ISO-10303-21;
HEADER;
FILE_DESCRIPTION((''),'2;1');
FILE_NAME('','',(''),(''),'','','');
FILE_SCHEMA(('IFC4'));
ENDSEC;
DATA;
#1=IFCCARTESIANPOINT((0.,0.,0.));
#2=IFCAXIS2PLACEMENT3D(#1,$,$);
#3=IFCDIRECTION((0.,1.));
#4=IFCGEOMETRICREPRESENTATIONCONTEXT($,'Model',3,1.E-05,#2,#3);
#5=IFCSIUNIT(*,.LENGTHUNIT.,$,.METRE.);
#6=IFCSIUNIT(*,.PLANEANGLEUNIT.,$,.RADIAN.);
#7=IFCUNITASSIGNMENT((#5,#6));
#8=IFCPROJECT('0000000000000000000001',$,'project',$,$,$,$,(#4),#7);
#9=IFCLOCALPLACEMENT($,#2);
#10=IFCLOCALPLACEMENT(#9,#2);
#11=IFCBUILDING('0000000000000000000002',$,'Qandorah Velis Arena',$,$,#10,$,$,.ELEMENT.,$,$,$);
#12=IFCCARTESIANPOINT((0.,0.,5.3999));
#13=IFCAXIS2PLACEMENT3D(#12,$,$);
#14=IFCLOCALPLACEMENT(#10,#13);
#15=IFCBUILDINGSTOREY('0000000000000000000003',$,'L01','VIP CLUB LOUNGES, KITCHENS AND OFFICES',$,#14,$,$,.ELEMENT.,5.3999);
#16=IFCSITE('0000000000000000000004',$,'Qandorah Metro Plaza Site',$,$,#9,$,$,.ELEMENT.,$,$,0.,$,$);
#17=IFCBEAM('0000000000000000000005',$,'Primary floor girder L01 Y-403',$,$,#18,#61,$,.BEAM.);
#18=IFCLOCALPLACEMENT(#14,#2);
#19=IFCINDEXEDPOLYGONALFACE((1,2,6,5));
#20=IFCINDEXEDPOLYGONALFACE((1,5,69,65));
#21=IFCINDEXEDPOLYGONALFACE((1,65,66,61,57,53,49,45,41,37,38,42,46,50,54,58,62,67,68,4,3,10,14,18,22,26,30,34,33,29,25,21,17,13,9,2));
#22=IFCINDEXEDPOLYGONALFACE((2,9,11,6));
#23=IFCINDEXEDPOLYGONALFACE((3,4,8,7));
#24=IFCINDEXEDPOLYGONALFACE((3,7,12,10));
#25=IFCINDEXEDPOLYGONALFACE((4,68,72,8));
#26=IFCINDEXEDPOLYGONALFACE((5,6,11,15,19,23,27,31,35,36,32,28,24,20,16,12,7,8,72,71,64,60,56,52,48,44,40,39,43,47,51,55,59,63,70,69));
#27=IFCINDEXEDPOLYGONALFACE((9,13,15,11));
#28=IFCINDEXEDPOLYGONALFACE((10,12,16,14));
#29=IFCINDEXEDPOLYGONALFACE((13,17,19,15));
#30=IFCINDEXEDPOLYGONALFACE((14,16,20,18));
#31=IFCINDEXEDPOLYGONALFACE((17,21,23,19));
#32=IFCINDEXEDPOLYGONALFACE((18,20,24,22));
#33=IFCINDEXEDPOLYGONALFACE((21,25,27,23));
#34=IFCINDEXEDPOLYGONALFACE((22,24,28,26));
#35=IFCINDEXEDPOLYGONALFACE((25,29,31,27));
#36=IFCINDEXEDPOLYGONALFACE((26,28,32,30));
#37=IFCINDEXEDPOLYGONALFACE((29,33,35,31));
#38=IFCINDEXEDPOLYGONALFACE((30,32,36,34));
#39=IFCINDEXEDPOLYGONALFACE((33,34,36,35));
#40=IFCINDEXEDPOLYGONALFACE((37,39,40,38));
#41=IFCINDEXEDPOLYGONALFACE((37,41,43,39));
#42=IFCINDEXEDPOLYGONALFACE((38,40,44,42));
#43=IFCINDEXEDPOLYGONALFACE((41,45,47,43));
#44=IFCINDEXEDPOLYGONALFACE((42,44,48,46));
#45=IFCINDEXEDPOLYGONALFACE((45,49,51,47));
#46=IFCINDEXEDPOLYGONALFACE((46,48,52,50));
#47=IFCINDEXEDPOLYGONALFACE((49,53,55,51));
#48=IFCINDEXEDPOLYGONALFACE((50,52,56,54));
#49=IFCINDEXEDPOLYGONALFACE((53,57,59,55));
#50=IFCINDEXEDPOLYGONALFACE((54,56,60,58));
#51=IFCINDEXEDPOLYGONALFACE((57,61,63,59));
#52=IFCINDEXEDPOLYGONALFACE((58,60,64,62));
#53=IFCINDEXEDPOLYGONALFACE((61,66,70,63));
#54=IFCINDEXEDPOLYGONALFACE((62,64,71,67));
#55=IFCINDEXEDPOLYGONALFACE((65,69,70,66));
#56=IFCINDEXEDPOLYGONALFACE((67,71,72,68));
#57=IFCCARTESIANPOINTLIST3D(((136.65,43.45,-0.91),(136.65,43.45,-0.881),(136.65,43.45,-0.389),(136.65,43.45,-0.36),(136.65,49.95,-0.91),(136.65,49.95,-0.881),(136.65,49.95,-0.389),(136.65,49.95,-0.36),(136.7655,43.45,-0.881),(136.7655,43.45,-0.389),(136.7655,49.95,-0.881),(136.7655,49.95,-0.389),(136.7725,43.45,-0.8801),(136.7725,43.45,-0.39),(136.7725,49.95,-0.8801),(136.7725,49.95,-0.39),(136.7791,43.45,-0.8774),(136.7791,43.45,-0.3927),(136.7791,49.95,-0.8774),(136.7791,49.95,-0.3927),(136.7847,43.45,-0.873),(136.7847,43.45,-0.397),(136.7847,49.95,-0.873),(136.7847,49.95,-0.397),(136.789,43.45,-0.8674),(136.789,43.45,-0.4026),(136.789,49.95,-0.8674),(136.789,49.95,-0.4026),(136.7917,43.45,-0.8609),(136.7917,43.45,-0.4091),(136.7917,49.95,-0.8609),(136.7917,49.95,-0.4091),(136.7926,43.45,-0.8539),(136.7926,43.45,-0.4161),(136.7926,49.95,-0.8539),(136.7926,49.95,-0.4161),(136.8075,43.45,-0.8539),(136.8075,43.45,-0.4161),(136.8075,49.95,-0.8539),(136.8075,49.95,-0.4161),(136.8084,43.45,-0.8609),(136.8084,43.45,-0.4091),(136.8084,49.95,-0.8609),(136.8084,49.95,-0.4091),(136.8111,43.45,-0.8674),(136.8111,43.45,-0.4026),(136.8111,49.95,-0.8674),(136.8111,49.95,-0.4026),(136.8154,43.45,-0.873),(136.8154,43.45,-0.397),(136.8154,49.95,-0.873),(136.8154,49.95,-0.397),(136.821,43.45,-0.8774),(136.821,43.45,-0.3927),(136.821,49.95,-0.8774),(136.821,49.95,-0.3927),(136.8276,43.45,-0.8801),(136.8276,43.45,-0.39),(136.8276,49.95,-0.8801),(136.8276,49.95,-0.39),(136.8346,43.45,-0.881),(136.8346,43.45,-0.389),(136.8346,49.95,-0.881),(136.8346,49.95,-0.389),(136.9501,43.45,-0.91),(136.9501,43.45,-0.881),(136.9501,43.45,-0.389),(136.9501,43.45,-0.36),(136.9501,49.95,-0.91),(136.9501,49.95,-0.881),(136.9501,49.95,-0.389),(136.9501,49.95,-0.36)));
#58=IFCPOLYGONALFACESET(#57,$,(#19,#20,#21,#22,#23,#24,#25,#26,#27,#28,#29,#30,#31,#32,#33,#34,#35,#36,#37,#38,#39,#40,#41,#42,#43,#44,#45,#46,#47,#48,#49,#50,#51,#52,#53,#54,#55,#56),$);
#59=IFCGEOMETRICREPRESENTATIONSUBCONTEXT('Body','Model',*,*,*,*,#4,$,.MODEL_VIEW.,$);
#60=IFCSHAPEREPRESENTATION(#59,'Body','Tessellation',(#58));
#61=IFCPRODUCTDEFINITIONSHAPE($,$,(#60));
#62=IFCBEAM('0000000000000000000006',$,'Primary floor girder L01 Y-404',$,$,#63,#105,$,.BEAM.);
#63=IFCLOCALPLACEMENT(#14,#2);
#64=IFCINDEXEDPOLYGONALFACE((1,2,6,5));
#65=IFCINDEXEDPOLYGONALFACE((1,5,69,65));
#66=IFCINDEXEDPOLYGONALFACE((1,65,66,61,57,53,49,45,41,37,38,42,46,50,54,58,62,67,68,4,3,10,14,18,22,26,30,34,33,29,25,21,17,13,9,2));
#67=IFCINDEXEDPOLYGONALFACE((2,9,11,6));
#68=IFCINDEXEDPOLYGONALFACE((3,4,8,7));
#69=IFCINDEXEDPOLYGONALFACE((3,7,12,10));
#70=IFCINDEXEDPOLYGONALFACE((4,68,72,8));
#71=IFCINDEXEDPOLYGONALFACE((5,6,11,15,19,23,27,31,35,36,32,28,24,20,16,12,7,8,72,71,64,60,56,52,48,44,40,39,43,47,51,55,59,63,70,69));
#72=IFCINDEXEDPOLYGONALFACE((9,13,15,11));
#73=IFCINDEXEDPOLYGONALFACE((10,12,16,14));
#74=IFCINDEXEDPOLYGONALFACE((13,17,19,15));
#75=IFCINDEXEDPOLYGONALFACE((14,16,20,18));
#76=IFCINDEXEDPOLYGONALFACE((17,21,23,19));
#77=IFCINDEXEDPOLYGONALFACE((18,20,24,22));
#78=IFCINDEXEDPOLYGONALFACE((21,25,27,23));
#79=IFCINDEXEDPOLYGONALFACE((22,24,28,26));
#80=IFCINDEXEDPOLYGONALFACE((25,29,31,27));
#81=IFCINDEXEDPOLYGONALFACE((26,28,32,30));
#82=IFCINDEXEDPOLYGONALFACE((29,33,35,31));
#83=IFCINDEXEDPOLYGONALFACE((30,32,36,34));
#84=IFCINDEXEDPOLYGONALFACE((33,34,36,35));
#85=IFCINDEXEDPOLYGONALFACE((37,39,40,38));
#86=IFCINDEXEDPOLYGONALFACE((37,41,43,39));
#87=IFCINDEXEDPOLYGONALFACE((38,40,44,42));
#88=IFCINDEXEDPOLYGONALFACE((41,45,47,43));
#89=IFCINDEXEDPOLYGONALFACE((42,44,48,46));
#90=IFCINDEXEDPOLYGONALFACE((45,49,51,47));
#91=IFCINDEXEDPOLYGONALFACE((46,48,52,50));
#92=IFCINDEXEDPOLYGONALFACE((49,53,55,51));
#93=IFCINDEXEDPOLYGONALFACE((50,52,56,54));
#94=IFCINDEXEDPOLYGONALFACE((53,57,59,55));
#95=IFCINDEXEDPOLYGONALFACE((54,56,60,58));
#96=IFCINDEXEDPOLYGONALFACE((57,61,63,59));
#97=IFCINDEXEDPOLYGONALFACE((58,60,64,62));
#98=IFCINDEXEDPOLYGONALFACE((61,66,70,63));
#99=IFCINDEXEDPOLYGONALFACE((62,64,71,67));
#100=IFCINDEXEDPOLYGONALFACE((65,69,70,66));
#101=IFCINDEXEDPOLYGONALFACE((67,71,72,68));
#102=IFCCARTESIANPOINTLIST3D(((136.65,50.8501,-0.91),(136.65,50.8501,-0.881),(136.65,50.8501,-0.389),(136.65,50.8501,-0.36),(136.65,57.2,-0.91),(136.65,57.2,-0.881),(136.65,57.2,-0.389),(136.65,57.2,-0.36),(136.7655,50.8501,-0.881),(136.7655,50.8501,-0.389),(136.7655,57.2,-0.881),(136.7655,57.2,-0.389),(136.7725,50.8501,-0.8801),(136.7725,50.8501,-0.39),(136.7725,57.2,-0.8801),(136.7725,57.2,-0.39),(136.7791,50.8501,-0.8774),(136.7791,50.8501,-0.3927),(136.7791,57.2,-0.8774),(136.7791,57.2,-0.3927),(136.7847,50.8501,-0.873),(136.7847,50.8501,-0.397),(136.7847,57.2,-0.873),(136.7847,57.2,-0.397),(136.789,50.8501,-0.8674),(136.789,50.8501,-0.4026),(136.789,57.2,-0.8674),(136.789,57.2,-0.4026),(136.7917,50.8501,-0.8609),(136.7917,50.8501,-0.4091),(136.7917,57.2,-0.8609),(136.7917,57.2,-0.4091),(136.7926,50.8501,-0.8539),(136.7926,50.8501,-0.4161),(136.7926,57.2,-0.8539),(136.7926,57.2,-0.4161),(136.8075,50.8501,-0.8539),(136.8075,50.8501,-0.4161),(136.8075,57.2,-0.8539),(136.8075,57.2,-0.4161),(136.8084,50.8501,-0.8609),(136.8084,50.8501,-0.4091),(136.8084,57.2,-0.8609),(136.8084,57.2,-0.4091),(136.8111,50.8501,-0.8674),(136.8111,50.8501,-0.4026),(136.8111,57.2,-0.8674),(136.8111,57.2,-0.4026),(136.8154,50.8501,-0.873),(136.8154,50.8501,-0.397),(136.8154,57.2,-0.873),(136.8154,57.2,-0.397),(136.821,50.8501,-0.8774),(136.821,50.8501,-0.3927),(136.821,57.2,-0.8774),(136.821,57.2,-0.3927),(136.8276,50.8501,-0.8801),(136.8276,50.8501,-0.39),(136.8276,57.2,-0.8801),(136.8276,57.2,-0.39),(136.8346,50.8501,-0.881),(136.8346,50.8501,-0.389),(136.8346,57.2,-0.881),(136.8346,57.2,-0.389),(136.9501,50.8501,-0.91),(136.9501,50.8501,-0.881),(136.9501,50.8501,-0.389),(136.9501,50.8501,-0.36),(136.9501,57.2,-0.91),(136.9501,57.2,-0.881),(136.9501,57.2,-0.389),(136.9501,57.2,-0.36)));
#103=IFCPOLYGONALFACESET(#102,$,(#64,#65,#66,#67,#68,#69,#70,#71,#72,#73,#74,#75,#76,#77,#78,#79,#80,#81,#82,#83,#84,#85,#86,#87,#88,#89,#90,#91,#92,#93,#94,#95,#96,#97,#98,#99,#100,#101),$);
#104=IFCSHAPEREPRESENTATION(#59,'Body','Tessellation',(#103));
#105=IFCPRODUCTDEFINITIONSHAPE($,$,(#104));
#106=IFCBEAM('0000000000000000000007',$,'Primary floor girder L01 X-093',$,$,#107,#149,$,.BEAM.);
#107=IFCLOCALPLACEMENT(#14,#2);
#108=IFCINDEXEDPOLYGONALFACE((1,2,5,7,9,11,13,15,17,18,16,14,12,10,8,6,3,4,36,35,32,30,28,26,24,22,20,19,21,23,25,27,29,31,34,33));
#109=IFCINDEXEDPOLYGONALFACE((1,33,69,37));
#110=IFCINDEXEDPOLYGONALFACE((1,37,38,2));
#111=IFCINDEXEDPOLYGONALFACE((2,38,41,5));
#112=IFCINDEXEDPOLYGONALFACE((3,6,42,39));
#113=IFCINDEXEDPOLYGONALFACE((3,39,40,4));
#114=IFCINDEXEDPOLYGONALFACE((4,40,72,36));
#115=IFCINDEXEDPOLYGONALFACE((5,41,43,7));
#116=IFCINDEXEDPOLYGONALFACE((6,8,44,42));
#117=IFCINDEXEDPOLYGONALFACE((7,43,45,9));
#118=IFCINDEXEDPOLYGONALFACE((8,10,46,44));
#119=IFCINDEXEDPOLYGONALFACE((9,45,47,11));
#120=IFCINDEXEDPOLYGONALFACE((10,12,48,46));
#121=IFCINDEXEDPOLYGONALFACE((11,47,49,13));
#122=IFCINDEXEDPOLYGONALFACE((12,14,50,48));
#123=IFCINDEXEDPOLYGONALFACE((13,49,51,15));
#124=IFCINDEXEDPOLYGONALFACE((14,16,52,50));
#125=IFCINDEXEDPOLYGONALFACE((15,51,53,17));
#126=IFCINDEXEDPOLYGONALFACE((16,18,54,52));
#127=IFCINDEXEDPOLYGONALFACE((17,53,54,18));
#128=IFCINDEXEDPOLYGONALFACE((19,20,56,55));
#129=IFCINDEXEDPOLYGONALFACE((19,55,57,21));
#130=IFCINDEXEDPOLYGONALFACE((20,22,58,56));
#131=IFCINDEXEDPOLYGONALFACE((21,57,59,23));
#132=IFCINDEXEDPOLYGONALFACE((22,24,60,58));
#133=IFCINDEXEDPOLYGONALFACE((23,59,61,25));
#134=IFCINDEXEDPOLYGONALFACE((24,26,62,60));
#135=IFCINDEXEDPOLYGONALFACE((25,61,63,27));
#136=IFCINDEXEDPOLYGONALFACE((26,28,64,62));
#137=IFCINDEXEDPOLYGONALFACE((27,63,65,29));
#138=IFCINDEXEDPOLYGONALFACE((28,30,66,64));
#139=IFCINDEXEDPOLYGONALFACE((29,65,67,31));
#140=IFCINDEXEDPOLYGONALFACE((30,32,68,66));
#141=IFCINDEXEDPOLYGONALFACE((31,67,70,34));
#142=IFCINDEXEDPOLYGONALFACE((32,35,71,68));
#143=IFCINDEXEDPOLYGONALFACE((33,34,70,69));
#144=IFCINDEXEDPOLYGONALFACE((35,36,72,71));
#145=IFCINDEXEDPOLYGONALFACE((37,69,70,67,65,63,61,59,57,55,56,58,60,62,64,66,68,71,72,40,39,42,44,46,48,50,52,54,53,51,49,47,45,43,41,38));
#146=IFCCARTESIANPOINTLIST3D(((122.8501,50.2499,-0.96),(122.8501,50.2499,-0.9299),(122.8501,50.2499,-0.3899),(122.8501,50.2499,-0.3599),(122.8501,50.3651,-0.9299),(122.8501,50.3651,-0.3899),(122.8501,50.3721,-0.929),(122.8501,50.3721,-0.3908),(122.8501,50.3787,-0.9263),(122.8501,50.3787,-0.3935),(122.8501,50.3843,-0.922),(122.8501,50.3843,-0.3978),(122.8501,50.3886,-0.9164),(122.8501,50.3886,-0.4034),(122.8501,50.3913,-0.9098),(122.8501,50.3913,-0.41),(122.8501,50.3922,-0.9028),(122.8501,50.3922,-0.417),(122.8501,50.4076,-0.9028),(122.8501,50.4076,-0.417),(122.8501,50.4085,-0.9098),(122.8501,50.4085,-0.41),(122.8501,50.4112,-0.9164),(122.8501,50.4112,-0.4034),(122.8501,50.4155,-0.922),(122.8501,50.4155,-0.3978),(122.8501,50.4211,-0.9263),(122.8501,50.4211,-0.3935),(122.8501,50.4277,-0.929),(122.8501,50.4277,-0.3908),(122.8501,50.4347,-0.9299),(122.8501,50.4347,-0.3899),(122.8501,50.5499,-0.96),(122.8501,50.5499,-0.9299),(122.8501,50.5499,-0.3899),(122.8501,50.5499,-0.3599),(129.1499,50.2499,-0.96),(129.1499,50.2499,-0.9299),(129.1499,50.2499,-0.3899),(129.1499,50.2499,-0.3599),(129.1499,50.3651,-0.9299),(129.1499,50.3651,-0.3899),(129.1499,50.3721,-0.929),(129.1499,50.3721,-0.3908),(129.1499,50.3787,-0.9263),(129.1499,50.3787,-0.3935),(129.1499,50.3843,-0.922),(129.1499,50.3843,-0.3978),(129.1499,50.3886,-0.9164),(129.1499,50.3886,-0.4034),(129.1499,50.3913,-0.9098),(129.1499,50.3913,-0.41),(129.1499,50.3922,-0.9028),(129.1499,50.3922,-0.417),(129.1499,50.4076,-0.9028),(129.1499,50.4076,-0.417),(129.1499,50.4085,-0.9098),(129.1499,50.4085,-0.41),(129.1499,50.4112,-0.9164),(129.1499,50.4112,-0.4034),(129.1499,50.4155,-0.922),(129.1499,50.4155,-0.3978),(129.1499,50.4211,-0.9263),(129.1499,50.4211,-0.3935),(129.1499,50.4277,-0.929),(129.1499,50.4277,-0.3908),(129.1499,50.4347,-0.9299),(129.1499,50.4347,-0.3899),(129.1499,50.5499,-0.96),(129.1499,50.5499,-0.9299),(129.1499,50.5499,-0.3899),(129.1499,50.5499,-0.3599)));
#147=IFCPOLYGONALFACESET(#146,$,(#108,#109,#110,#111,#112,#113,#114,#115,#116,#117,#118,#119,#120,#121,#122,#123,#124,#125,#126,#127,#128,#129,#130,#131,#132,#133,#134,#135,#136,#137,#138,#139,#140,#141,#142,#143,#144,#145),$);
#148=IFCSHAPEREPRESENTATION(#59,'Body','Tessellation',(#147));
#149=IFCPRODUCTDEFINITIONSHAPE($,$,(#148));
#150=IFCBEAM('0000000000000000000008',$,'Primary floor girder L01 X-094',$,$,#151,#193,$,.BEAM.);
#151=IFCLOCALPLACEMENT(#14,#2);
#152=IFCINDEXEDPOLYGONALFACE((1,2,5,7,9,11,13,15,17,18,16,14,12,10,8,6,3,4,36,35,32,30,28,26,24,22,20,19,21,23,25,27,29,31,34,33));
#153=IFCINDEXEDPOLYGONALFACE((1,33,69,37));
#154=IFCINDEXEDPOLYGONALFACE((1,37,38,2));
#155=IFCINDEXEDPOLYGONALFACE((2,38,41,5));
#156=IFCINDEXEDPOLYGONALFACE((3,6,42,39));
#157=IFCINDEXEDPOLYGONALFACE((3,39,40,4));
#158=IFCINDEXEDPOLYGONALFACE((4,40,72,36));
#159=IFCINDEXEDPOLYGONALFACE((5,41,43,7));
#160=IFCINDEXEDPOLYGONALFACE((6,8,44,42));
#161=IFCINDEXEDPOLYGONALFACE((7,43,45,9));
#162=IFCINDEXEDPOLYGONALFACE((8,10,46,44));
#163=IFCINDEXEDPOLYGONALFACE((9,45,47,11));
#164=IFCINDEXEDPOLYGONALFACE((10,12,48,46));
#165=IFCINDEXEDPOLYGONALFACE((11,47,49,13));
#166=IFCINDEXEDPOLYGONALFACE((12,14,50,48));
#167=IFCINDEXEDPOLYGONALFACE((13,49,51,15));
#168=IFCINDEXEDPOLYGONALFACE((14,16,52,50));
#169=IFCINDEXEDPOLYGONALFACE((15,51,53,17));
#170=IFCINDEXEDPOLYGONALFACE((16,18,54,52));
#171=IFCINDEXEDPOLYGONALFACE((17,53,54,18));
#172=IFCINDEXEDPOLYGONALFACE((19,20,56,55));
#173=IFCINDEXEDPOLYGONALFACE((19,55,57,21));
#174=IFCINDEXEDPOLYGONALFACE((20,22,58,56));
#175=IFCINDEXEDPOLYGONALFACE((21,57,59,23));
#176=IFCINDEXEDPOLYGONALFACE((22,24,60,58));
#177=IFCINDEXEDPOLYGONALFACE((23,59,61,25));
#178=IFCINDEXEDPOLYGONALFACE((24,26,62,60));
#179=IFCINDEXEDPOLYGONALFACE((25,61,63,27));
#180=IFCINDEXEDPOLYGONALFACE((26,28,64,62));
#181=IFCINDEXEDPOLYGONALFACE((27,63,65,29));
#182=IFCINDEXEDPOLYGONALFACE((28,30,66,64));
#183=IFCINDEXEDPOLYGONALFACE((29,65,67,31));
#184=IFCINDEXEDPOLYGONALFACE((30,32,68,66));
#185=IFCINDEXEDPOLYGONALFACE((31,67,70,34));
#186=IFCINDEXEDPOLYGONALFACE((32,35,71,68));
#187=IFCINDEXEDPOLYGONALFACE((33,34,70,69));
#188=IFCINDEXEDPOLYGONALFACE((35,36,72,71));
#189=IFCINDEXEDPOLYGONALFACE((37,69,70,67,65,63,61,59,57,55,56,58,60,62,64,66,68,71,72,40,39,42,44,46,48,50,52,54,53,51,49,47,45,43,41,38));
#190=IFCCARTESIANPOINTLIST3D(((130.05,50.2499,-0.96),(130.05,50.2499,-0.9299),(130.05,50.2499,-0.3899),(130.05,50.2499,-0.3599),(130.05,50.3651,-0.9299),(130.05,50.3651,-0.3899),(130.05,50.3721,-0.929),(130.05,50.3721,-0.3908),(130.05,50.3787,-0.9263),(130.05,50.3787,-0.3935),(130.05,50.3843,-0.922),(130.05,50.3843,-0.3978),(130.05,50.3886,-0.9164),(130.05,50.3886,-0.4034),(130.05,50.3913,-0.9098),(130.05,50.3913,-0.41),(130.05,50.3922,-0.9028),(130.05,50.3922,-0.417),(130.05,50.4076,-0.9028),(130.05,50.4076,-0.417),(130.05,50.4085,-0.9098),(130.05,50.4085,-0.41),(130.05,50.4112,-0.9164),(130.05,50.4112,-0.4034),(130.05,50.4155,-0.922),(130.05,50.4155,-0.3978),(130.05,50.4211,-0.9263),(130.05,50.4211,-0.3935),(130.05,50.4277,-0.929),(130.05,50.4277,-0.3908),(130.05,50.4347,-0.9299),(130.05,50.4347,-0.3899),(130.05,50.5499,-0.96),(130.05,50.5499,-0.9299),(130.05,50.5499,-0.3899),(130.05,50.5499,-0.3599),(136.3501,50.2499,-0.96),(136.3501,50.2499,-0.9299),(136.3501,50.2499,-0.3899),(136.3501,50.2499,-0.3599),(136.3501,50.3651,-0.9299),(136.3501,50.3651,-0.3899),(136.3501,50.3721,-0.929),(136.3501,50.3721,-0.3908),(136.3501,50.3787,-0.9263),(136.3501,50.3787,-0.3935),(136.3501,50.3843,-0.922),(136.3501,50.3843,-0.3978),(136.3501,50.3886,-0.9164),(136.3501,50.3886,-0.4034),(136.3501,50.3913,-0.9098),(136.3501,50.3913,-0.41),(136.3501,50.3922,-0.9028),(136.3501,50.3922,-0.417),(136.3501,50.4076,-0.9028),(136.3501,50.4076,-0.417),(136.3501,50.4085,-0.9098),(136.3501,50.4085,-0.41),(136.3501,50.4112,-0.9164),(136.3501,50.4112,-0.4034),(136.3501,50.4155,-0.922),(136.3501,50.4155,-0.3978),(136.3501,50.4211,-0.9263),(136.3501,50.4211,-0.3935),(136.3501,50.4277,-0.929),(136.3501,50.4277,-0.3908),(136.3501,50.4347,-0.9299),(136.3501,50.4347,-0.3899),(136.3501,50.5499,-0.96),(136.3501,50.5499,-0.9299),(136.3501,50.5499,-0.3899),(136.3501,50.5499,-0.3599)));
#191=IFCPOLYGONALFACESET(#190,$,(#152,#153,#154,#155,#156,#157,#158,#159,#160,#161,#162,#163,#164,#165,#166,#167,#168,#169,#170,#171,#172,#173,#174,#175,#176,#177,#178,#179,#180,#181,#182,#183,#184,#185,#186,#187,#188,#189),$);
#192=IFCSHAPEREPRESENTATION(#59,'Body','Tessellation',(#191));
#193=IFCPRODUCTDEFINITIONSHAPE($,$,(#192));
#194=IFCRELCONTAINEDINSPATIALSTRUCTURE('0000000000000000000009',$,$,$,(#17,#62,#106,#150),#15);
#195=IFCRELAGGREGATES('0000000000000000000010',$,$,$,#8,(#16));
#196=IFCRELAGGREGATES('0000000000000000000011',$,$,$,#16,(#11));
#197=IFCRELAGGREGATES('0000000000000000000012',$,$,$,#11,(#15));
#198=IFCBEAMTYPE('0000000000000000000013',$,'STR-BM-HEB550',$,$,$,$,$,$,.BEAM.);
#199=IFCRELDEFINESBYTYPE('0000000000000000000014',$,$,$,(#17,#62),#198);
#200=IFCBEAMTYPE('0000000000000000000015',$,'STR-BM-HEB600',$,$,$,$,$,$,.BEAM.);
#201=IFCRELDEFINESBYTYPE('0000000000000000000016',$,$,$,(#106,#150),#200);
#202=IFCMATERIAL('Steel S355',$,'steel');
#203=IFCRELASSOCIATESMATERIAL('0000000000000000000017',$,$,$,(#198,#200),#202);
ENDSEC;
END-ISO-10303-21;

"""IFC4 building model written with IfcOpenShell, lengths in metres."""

from ifc_helpers import new_model, si_unit, direction, frame, origin, origin_2d, place, context, subcontext, project, spatial, i_section, extrude, material, material_profile, profile_set, type_object, element, save


model = new_model("IFC4")

# Units and contexts
model_context = context("Model", 3, precision=1e-05, world=origin(), true_north=direction((0.0, 1.0)))
body_context = subcontext(model_context, "Body", "Model", "MODEL_VIEW")
ifc_project = project(units=[si_unit("LENGTHUNIT", "METRE"), si_unit("PLANEANGLEUNIT", "RADIAN")], contexts=[model_context])

# Site, building, storey
site_placement = place(None, origin())
site = spatial("IfcSite", under=ifc_project, at=site_placement, Name="Qandorah Metro Plaza Site", CompositionType="ELEMENT", RefElevation=0.0)
building_placement = place(site_placement, origin())
building = spatial("IfcBuilding", under=site, at=building_placement, Name="Qandorah Velis Arena", CompositionType="ELEMENT")
storey_placement = place(building_placement, frame((0.0, 0.0, 5.3999)))
storey = spatial("IfcBuildingStorey", under=building, at=storey_placement, Name="L01", Description="VIP CLUB LOUNGES, KITCHENS AND OFFICES", CompositionType="ELEMENT", Elevation=5.3999)

# Beams
ifc_material_1 = material(Name="Steel S355", Category="steel")
ifc_material_profile_1 = material_profile(ifc_material_1, i_section(OverallWidth=0.3, OverallDepth=0.55, WebThickness=0.0149, FlangeThickness=0.0291, FilletRadius=0.0271, at=origin_2d()), Name="HEB 550")
ifc_profile_set_1 = profile_set([ifc_material_profile_1], Name="Steel S355")
beam_type_1 = type_object("IfcBeamType", Name="STR-BM-HEB550", PredefinedType="BEAM", material=ifc_profile_set_1)
for number, where, z_axis, x_axis, name in (
    (1, (136.8, 43.45, -0.635), (0.0, 1.0, 0.0), (-1.0, 0.0, 0.0), "Primary floor girder L01 Y-403"),
):
    element("IfcBeam", number, at=place(storey_placement, frame(where, z_axis=z_axis, x_axis=x_axis)), inside=storey, type_object=beam_type_1, Name=name, PredefinedType="BEAM", context=body_context, shape_type="SweptSolid", body=[
        extrude(i_section(OverallWidth=0.3, OverallDepth=0.55, WebThickness=0.0149, FlangeThickness=0.0291, FilletRadius=0.0271, at=origin_2d()), origin(), (0.0, 0.0, 1.0), 6.5),
    ])
beam_1_placement = place(storey_placement, frame((136.8, 50.8501, -0.635), z_axis=(0.0, 1.0, 0.0), x_axis=(-1.0, 0.0, 0.0)))
element("IfcBeam", 2, at=beam_1_placement, inside=storey, type_object=beam_type_1, Name="Primary floor girder L01 Y-404", PredefinedType="BEAM", context=body_context, shape_type="SweptSolid", body=[
    extrude(i_section(OverallWidth=0.3, OverallDepth=0.55, WebThickness=0.0149, FlangeThickness=0.0291, FilletRadius=0.0271, at=origin_2d()), origin(), (0.0, 0.0, 1.0), 6.3499),
])
ifc_material_profile_2 = material_profile(ifc_material_1, i_section(OverallWidth=0.3, OverallDepth=0.6001, WebThickness=0.0154, FlangeThickness=0.03, FilletRadius=0.0271, at=origin_2d()), Name="HEB 600")
ifc_profile_set_2 = profile_set([ifc_material_profile_2], Name="Steel S355")
beam_type_2 = type_object("IfcBeamType", Name="STR-BM-HEB600", PredefinedType="BEAM", material=ifc_profile_set_2)
beam_2_placement = place(storey_placement, frame((122.8501, 50.3999, -0.6599), z_axis=(1.0, 0.0, 0.0), x_axis=(0.0, 1.0, 0.0)))
element("IfcBeam", 3, at=beam_2_placement, inside=storey, type_object=beam_type_2, Name="Primary floor girder L01 X-093", PredefinedType="BEAM", context=body_context, shape_type="SweptSolid", body=[
    extrude(i_section(OverallWidth=0.3, OverallDepth=0.6001, WebThickness=0.0154, FlangeThickness=0.03, FilletRadius=0.0271, at=origin_2d()), origin(), (0.0, 0.0, 1.0), 6.2998),
])
for number, where, z_axis, x_axis, name in (
    (4, (130.05, 50.3999, -0.6599), (1.0, 0.0, 0.0), (0.0, 1.0, 0.0), "Primary floor girder L01 X-094"),
):
    element("IfcBeam", number, at=place(storey_placement, frame(where, z_axis=z_axis, x_axis=x_axis)), inside=storey, type_object=beam_type_2, Name=name, PredefinedType="BEAM", context=body_context, shape_type="SweptSolid", body=[
        extrude(i_section(OverallWidth=0.3, OverallDepth=0.6001, WebThickness=0.0154, FlangeThickness=0.03, FilletRadius=0.0271, at=origin_2d()), origin(), (0.0, 0.0, 1.0), 6.3),
    ])

save(model, "model.ifc")
